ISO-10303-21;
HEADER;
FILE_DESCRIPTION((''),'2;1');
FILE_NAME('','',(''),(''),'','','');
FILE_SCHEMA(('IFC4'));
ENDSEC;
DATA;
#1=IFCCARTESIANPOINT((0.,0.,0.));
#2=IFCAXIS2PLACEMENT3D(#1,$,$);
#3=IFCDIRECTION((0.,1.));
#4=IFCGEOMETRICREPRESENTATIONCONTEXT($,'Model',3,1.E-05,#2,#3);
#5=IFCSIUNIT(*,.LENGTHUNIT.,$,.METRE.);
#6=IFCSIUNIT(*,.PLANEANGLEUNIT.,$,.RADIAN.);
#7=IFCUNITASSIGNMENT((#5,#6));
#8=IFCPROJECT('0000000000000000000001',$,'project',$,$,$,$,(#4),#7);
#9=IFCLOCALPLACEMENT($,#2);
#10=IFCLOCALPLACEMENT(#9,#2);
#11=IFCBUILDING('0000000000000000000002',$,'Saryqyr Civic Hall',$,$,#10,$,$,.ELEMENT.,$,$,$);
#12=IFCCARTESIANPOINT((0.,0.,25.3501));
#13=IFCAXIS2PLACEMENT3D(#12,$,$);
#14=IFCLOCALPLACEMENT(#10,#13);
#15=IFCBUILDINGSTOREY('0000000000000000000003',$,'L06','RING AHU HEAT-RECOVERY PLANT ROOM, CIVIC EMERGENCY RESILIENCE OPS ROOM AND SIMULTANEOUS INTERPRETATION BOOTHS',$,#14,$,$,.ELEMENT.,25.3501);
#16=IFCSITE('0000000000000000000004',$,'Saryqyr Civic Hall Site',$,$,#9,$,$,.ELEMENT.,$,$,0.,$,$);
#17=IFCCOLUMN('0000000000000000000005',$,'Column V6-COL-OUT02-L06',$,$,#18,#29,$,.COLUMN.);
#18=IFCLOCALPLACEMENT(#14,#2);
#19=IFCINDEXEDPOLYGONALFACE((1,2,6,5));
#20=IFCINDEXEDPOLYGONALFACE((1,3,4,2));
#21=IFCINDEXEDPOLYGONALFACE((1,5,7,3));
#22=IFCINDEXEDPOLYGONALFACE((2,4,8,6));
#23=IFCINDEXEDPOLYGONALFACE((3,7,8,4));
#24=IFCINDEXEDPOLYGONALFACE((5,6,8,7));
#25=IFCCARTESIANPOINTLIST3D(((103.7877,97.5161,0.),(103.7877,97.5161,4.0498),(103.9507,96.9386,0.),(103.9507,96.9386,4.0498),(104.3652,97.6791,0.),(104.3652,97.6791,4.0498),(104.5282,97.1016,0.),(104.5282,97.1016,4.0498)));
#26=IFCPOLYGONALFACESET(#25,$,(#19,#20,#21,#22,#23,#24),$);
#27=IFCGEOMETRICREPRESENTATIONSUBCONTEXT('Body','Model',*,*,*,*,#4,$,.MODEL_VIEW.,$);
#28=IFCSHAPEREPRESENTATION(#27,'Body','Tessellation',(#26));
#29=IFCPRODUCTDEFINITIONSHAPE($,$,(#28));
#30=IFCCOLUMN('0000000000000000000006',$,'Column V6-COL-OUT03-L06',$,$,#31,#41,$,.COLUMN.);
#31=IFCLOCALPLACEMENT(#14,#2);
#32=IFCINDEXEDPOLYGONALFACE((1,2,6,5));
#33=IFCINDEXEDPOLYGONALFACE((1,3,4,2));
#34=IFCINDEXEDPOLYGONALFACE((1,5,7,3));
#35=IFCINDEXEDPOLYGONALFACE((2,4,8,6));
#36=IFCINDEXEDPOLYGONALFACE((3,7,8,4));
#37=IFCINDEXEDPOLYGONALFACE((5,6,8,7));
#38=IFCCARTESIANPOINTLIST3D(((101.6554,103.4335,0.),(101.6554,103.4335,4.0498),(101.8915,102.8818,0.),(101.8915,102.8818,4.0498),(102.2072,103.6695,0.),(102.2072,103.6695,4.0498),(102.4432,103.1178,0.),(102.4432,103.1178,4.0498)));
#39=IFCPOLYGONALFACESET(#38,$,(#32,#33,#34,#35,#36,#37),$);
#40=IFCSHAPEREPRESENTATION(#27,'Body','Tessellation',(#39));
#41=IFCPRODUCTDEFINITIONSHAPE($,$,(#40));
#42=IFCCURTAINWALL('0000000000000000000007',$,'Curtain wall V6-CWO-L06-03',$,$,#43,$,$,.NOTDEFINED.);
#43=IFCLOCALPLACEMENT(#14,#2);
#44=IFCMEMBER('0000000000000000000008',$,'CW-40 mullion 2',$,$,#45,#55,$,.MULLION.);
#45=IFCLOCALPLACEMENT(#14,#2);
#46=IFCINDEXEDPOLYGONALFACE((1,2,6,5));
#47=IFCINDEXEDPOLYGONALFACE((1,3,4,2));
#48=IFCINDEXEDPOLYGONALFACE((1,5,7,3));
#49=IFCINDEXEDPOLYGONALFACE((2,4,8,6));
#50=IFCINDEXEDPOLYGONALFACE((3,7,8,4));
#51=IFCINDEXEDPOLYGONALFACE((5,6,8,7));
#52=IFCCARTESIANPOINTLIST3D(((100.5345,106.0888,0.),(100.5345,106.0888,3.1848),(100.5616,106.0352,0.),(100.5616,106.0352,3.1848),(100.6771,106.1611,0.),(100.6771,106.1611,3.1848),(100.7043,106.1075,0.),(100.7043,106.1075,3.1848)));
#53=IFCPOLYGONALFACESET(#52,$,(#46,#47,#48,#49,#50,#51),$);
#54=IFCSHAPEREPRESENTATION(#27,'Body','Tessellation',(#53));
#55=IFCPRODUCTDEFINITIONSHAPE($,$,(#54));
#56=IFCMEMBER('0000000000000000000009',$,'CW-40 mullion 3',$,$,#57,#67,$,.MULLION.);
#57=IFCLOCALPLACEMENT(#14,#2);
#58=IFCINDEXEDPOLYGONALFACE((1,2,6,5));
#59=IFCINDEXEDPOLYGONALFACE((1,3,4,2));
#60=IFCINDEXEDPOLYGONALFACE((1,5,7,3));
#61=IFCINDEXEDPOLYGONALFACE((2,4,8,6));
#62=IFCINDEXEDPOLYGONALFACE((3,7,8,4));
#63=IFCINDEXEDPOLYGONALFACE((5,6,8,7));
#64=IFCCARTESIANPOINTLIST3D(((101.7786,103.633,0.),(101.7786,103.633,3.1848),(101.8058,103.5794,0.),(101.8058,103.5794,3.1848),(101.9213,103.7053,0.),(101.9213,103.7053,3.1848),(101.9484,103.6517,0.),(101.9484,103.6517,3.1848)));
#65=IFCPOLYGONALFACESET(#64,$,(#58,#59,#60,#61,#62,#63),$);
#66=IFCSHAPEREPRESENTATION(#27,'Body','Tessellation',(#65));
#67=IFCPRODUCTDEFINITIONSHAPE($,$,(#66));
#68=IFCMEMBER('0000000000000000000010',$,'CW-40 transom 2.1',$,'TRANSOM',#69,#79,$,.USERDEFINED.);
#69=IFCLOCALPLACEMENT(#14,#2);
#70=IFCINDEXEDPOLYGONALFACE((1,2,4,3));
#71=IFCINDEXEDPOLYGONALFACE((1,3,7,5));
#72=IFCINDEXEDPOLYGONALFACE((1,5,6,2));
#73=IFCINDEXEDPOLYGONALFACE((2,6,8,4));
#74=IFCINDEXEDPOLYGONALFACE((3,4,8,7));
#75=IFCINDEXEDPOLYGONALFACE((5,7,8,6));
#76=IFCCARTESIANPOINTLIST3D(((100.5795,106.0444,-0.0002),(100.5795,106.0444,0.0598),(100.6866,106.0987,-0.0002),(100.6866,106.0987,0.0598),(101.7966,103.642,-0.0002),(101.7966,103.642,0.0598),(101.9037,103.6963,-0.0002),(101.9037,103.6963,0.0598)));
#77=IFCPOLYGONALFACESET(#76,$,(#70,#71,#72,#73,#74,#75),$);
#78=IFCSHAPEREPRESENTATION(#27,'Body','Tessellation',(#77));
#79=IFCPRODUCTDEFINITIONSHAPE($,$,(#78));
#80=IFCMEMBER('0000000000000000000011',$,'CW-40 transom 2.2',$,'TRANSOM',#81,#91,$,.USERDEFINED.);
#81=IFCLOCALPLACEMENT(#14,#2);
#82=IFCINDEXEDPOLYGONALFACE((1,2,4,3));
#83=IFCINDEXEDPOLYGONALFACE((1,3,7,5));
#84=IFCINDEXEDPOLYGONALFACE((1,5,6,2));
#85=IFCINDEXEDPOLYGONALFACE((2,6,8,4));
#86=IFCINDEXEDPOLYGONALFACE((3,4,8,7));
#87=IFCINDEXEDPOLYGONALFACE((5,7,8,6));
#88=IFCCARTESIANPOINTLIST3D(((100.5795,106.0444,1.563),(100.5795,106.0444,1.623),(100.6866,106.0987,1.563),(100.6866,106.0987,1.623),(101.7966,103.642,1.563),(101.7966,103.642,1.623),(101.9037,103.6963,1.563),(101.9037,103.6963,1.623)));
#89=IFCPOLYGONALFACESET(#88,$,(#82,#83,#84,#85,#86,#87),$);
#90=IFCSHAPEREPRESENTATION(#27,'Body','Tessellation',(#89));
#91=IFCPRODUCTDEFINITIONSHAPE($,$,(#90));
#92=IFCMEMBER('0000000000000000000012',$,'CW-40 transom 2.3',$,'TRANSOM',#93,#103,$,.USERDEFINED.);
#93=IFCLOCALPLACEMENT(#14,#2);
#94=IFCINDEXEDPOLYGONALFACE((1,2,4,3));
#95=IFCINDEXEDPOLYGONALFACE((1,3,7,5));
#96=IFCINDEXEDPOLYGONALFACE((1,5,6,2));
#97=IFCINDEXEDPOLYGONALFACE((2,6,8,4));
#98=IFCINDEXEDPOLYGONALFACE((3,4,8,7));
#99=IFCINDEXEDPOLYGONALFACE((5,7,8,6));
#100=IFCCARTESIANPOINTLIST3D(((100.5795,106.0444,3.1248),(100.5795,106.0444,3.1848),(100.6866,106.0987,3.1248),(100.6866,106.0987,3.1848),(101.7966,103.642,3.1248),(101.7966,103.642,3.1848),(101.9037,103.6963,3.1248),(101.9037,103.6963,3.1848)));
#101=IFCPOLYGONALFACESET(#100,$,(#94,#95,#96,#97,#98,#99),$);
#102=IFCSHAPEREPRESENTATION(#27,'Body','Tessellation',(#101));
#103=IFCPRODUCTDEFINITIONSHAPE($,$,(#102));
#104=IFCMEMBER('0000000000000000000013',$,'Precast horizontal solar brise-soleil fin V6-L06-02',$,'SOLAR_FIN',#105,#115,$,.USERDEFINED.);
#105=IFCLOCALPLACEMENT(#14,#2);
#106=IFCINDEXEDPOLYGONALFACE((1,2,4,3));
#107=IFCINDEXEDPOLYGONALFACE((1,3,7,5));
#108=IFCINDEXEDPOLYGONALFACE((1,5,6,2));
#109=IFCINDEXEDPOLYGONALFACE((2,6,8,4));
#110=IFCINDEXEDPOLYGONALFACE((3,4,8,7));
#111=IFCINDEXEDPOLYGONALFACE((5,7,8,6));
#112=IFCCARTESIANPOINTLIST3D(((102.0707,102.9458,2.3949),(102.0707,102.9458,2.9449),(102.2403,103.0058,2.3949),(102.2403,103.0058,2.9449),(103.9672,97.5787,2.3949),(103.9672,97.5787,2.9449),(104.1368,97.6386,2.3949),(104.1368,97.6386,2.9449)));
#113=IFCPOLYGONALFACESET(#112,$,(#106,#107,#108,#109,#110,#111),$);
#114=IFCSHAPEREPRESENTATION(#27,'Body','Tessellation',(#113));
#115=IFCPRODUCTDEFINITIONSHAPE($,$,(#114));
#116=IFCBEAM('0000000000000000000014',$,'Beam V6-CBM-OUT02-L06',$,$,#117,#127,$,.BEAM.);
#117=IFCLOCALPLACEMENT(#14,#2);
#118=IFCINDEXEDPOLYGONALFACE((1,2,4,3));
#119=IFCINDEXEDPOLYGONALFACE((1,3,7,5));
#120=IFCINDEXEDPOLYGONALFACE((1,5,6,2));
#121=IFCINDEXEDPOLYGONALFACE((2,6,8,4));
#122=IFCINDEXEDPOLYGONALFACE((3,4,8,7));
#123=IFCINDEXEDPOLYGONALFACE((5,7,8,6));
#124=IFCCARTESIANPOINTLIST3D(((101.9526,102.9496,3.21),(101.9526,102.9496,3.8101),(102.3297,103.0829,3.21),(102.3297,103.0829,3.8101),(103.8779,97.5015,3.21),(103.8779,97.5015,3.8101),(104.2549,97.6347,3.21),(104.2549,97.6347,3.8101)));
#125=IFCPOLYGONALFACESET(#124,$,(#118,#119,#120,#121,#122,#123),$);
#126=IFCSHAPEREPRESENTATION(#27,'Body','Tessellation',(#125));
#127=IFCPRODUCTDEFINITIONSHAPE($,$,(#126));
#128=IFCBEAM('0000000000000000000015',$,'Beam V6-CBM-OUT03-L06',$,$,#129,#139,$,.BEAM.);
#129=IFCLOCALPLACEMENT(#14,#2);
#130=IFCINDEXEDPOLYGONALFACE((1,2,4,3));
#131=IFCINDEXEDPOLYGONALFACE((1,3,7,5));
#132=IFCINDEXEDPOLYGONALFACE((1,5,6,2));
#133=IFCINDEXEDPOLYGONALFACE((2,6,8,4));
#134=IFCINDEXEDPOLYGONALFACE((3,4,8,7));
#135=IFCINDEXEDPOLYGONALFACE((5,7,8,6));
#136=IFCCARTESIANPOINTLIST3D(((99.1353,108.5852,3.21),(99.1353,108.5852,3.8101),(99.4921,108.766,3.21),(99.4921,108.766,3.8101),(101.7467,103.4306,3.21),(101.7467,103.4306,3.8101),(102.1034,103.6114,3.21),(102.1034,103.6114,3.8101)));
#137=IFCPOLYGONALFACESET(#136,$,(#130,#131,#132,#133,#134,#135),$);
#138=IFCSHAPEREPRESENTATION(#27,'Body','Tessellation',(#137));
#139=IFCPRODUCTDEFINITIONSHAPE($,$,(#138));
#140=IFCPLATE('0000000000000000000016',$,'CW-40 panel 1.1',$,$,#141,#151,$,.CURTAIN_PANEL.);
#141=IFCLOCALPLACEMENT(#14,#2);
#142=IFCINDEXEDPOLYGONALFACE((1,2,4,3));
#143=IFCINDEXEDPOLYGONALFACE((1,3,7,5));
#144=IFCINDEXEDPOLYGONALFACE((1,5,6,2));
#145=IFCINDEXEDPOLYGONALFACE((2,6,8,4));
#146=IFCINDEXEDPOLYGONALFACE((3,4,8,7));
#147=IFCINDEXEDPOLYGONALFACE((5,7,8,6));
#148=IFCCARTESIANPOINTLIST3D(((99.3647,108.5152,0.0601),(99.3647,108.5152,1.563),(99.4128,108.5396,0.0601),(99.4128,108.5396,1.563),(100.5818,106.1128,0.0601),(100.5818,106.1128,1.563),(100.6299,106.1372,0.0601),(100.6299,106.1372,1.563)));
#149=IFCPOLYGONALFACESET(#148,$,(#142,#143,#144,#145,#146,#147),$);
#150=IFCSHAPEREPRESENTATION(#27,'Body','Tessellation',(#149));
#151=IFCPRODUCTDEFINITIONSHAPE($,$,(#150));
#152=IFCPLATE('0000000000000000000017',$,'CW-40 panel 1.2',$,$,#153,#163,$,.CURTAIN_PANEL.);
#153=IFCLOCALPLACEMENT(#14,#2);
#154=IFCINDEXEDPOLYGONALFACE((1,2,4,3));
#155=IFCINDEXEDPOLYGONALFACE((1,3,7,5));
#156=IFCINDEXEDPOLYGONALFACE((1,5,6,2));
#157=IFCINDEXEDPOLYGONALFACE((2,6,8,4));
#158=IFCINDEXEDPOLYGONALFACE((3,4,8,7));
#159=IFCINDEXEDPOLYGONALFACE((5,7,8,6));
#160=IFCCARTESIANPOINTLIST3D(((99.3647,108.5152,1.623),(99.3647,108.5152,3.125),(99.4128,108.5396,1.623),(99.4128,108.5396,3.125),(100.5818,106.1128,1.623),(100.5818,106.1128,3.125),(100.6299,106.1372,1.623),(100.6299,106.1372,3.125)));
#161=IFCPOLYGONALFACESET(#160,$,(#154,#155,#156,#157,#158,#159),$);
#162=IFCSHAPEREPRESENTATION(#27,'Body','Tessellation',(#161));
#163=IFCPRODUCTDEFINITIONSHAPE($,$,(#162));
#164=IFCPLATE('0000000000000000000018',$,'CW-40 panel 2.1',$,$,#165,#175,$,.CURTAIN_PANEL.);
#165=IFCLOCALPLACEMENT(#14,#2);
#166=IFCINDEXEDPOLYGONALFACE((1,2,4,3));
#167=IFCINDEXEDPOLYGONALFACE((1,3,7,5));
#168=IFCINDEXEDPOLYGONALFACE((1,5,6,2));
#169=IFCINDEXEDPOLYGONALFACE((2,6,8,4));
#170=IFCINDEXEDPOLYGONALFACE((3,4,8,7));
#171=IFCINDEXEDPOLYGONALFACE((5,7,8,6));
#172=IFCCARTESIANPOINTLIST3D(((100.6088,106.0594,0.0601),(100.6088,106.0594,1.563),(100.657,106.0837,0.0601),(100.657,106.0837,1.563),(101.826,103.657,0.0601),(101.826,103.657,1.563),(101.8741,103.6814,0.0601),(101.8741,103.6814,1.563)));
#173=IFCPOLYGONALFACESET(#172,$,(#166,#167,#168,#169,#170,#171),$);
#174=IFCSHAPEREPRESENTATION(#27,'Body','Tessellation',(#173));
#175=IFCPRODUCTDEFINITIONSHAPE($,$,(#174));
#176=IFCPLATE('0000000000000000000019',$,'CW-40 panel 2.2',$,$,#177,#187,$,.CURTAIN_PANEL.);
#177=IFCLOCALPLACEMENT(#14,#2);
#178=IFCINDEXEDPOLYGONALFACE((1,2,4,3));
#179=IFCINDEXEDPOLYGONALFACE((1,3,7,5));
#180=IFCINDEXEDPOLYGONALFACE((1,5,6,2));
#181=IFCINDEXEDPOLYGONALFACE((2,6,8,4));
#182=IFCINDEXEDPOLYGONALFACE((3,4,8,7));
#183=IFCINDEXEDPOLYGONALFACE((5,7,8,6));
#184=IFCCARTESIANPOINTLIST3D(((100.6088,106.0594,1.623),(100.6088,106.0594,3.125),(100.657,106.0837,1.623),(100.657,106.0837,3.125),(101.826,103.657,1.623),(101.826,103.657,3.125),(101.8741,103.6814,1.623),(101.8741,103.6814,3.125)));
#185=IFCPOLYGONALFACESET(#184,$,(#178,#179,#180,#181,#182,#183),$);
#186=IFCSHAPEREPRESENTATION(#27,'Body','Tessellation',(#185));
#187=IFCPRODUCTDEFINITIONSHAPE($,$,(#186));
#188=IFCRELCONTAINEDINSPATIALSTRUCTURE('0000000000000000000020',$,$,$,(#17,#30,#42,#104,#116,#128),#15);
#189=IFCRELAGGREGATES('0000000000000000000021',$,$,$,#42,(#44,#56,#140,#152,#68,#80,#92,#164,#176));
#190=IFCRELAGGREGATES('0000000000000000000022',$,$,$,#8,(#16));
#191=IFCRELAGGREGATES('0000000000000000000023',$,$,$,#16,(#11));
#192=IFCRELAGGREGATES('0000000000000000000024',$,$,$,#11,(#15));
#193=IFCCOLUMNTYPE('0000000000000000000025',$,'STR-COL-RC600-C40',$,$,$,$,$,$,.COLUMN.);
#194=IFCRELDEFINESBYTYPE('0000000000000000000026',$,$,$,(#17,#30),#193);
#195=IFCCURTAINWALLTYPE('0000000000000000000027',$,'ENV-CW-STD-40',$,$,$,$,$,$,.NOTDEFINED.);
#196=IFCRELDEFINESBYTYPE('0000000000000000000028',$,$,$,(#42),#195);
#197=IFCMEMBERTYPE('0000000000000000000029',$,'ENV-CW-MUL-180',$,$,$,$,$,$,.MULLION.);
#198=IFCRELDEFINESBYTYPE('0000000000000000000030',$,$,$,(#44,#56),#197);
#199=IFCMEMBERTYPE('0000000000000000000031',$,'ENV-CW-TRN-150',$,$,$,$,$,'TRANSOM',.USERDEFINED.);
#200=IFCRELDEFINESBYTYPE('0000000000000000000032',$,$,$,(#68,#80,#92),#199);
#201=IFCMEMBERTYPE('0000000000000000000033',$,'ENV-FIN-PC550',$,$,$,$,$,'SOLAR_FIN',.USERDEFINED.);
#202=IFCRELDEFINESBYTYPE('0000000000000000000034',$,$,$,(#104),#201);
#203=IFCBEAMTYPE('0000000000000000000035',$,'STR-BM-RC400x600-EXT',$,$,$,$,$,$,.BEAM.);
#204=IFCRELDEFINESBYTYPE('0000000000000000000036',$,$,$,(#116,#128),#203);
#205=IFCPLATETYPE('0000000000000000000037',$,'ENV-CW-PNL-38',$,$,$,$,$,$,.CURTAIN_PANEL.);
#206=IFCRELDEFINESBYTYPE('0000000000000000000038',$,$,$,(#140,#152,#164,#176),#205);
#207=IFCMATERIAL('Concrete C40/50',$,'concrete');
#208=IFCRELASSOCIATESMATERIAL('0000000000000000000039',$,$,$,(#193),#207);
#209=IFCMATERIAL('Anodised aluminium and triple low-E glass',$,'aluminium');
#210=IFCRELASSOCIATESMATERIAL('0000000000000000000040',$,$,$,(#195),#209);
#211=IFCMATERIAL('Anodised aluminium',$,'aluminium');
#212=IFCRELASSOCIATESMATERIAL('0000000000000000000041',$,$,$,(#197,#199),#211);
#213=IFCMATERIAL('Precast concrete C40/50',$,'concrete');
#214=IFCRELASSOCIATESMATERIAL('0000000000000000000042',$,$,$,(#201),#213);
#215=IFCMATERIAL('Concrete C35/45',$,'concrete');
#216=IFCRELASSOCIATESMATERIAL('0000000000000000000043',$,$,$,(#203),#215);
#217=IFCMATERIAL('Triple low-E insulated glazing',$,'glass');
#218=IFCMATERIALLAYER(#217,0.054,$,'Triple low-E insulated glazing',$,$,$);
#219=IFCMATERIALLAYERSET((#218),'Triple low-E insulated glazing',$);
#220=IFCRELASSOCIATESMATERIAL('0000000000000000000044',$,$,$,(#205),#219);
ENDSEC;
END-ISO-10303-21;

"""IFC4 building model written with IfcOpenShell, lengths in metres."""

from ifc_helpers import new_model, si_unit, direction, frame, origin, origin_2d, place, context, subcontext, project, spatial, rectangle, extrude, material, layer, layer_set, material_profile, profile_set, type_object, element, aggregate, save


model = new_model("IFC4")

# Units and contexts
model_context = context("Model", 3, precision=1e-05, world=origin(), true_north=direction((0.0, 1.0)))
body_context = subcontext(model_context, "Body", "Model", "MODEL_VIEW")
ifc_project = project(units=[si_unit("LENGTHUNIT", "METRE"), si_unit("PLANEANGLEUNIT", "RADIAN")], contexts=[model_context])

# Site, building, storey
site_placement = place(None, origin())
site = spatial("IfcSite", under=ifc_project, at=site_placement, Name="Saryqyr Civic Hall Site", CompositionType="ELEMENT", RefElevation=0.0)
building_placement = place(site_placement, origin())
building = spatial("IfcBuilding", under=site, at=building_placement, Name="Saryqyr Civic Hall", CompositionType="ELEMENT")
storey_placement = place(building_placement, frame((0.0, 0.0, 25.3501)))
storey = spatial("IfcBuildingStorey", under=building, at=storey_placement, Name="L06", Description="RING AHU HEAT-RECOVERY PLANT ROOM, CIVIC EMERGENCY RESILIENCE OPS ROOM AND SIMULTANEOUS INTERPRETATION BOOTHS", CompositionType="ELEMENT", Elevation=25.3501)

# Columns
ifc_material_1 = material(Name="Concrete C40/50", Category="concrete")
ifc_material_profile_1 = material_profile(ifc_material_1, rectangle(XDim=0.6001, YDim=0.6001, at=origin_2d()), Name="RC 600x600")
ifc_profile_set_1 = profile_set([ifc_material_profile_1], Name="Concrete C40/50")
column_type = type_object("IfcColumnType", Name="STR-COL-RC600-C40", PredefinedType="COLUMN", material=ifc_profile_set_1)
for number, where, z_axis, x_axis, name in (
    (1, (104.158, 97.3088, 0.0), (0.0, 0.0, 1.0), (0.962408, 0.271608, 0.0), "Column V6-COL-OUT02-L06"),
    (2, (102.0493, 103.2756, 0.0), (0.0, 0.0, 1.0), (0.91941, 0.3933, 0.0), "Column V6-COL-OUT03-L06"),
):
    element("IfcColumn", number, at=place(storey_placement, frame(where, z_axis=z_axis, x_axis=x_axis)), inside=storey, type_object=column_type, Name=name, PredefinedType="COLUMN", context=body_context, shape_type="SweptSolid", body=[
        extrude(rectangle(XDim=0.6001, YDim=0.6001, at=origin_2d()), origin(), (0.0, 0.0, 1.0), 4.0498),
    ])

# Curtain wall, members
ifc_material_2 = material(Name="Anodised aluminium and triple low-E glass", Category="aluminium")
curtain_wall_type = type_object("IfcCurtainWallType", Name="ENV-CW-STD-40", PredefinedType="NOTDEFINED", material=ifc_material_2)
curtain_wall_placement = place(storey_placement, origin())
curtain_wall = element("IfcCurtainWall", 3, at=curtain_wall_placement, inside=storey, type_object=curtain_wall_type, Name="Curtain wall V6-CWO-L06-03", PredefinedType="NOTDEFINED")
ifc_material_3 = material(Name="Anodised aluminium", Category="aluminium")
ifc_material_profile_2 = material_profile(ifc_material_3, rectangle(XDim=0.0601, YDim=0.1599, at=origin_2d()), Name="ALU MULLION 60x160")
ifc_profile_set_2 = profile_set([ifc_material_profile_2], Name="Anodised aluminium")
member_type_1 = type_object("IfcMemberType", Name="ENV-CW-MUL-180", PredefinedType="MULLION", material=ifc_profile_set_2)
member_1_placement = place(storey_placement, frame((100.6194, 106.0981, 0.0), z_axis=(0.0, 0.0, 1.0), x_axis=(0.451943, -0.892047, 0.0)))
member_1 = element("IfcMember", 4, at=member_1_placement, type_object=member_type_1, Name="CW-40 mullion 2", PredefinedType="MULLION", context=body_context, shape_type="SweptSolid", body=[
    extrude(rectangle(XDim=0.0601, YDim=0.1599, at=origin_2d()), origin(), (0.0, 0.0, 1.0), 3.1848),
])
member_2_placement = place(storey_placement, frame((101.8635, 103.6423, 0.0), z_axis=(0.0, 0.0, 1.0), x_axis=(0.451943, -0.892047, 0.0)))
member_2 = element("IfcMember", 5, at=member_2_placement, type_object=member_type_1, Name="CW-40 mullion 3", PredefinedType="MULLION", context=body_context, shape_type="SweptSolid", body=[
    extrude(rectangle(XDim=0.0601, YDim=0.1599, at=origin_2d()), origin(), (0.0, 0.0, 1.0), 3.1848),
])
ifc_material_profile_3 = material_profile(ifc_material_3, rectangle(XDim=0.1201, YDim=0.0601, at=origin_2d()), Name="ALU TRANSOM 120x60")
ifc_profile_set_3 = profile_set([ifc_material_profile_3], Name="Anodised aluminium")
member_type_2 = type_object("IfcMemberType", Name="ENV-CW-TRN-150", ElementType="TRANSOM", PredefinedType="USERDEFINED", material=ifc_profile_set_3)
member_3_placement = place(storey_placement, frame((100.6331, 106.0715, 0.0298), z_axis=(0.451922, -0.892058, 0.0), x_axis=(0.892058, 0.451922, 0.0)))
member_3 = element("IfcMember", 6, at=member_3_placement, type_object=member_type_2, Name="CW-40 transom 2.1", ObjectType="TRANSOM", PredefinedType="USERDEFINED", context=body_context, shape_type="SweptSolid", body=[
    extrude(rectangle(XDim=0.1201, YDim=0.0601, at=origin_2d()), origin(), (0.0, 0.0, 1.0), 2.6931),
])
member_4_placement = place(storey_placement, frame((100.6331, 106.0715, 1.593), z_axis=(0.451922, -0.892058, 0.0), x_axis=(0.892058, 0.451922, 0.0)))
member_4 = element("IfcMember", 7, at=member_4_placement, type_object=member_type_2, Name="CW-40 transom 2.2", ObjectType="TRANSOM", PredefinedType="USERDEFINED", context=body_context, shape_type="SweptSolid", body=[
    extrude(rectangle(XDim=0.1201, YDim=0.0601, at=origin_2d()), origin(), (0.0, 0.0, 1.0), 2.6931),
])
member_5_placement = place(storey_placement, frame((100.6331, 106.0715, 3.1548), z_axis=(0.451922, -0.892058, 0.0), x_axis=(0.892058, 0.451922, 0.0)))
member_5 = element("IfcMember", 8, at=member_5_placement, type_object=member_type_2, Name="CW-40 transom 2.3", ObjectType="TRANSOM", PredefinedType="USERDEFINED", context=body_context, shape_type="SweptSolid", body=[
    extrude(rectangle(XDim=0.1201, YDim=0.0601, at=origin_2d()), origin(), (0.0, 0.0, 1.0), 2.6931),
])

# Member
ifc_material_4 = material(Name="Precast concrete C40/50", Category="concrete")
ifc_material_profile_4 = material_profile(ifc_material_4, rectangle(XDim=0.1799, YDim=0.55, at=origin_2d()), Name="PC FIN 180x550")
ifc_profile_set_4 = profile_set([ifc_material_profile_4], Name="Precast concrete C40/50")
member_type_3 = type_object("IfcMemberType", Name="ENV-FIN-PC550", ElementType="SOLAR_FIN", PredefinedType="USERDEFINED", material=ifc_profile_set_4)
member_6_placement = place(storey_placement, frame((104.052, 97.6086, 2.6699), z_axis=(-0.333161, 0.94287, 0.0), x_axis=(-0.94287, -0.333161, 0.0)))
element("IfcMember", 9, at=member_6_placement, inside=storey, type_object=member_type_3, Name="Precast horizontal solar brise-soleil fin V6-L06-02", ObjectType="SOLAR_FIN", PredefinedType="USERDEFINED", context=body_context, shape_type="SweptSolid", body=[
    extrude(rectangle(XDim=0.1799, YDim=0.55, at=origin_2d()), origin(), (0.0, 0.0, 1.0), 5.6924),
])

# Beams
ifc_material_5 = material(Name="Concrete C35/45", Category="concrete")
ifc_material_profile_5 = material_profile(ifc_material_5, rectangle(XDim=0.3999, YDim=0.6001, at=origin_2d()), Name="RC 400x600")
ifc_profile_set_5 = profile_set([ifc_material_profile_5], Name="Concrete C35/45")
beam_type = type_object("IfcBeamType", Name="STR-BM-RC400x600-EXT", PredefinedType="BEAM", material=ifc_profile_set_5)
for number, where, z_axis, x_axis, name in (
    (10, (104.0664, 97.5681, 3.51), (-0.333187, 0.942861, 0.0), (-0.942861, -0.333187, 0.0), "Beam V6-CBM-OUT02-L06"),
    (11, (101.925, 103.521, 3.51), (-0.451923, 0.892057, 0.0), (-0.892057, -0.451923, 0.0), "Beam V6-CBM-OUT03-L06"),
):
    element("IfcBeam", number, at=place(storey_placement, frame(where, z_axis=z_axis, x_axis=x_axis)), inside=storey, type_object=beam_type, Name=name, PredefinedType="BEAM", context=body_context, shape_type="SweptSolid", body=[
        extrude(rectangle(XDim=0.3999, YDim=0.6001, at=origin_2d()), origin(), (0.0, 0.0, 1.0), 5.7783),
    ])

# Plates
ifc_material_6 = material(Name="Triple low-E insulated glazing", Category="glass")
ifc_layer_1 = layer(ifc_material_6, 0.054, Name="Triple low-E insulated glazing")
ifc_layer_set_1 = layer_set([ifc_layer_1], Name="Triple low-E insulated glazing")
plate_type = type_object("IfcPlateType", Name="ENV-CW-PNL-38", PredefinedType="CURTAIN_PANEL", material=ifc_layer_set_1)
plate_1_placement = place(storey_placement, frame((99.9973, 107.3262, 0.0601), z_axis=(0.0, 0.0, 1.0), x_axis=(0.451943, -0.892047, 0.0)))
plate_1 = element("IfcPlate", 12, at=plate_1_placement, type_object=plate_type, Name="CW-40 panel 1.1", PredefinedType="CURTAIN_PANEL", context=body_context, shape_type="SweptSolid", body=[
    extrude(rectangle(XDim=2.6931, YDim=0.054, at=origin_2d()), origin(), (0.0, 0.0, 1.0), 1.5029),
])
plate_2_placement = place(storey_placement, frame((99.9973, 107.3262, 1.623), z_axis=(0.0, 0.0, 1.0), x_axis=(0.451943, -0.892047, 0.0)))
plate_2 = element("IfcPlate", 13, at=plate_2_placement, type_object=plate_type, Name="CW-40 panel 1.2", PredefinedType="CURTAIN_PANEL", context=body_context, shape_type="SweptSolid", body=[
    extrude(rectangle(XDim=2.6931, YDim=0.054, at=origin_2d()), origin(), (0.0, 0.0, 1.0), 1.502),
])
plate_3_placement = place(storey_placement, frame((101.2415, 104.8704, 0.0601), z_axis=(0.0, 0.0, 1.0), x_axis=(0.451943, -0.892047, 0.0)))
plate_3 = element("IfcPlate", 14, at=plate_3_placement, type_object=plate_type, Name="CW-40 panel 2.1", PredefinedType="CURTAIN_PANEL", context=body_context, shape_type="SweptSolid", body=[
    extrude(rectangle(XDim=2.6931, YDim=0.054, at=origin_2d()), origin(), (0.0, 0.0, 1.0), 1.5029),
])
plate_4_placement = place(storey_placement, frame((101.2415, 104.8704, 1.623), z_axis=(0.0, 0.0, 1.0), x_axis=(0.451943, -0.892047, 0.0)))
plate_4 = element("IfcPlate", 15, at=plate_4_placement, type_object=plate_type, Name="CW-40 panel 2.2", PredefinedType="CURTAIN_PANEL", context=body_context, shape_type="SweptSolid", body=[
    extrude(rectangle(XDim=2.6931, YDim=0.054, at=origin_2d()), origin(), (0.0, 0.0, 1.0), 1.502),
])
aggregate(curtain_wall, [member_1, member_2, plate_1, plate_2, member_3, member_4, member_5, plate_3, plate_4])

save(model, "model.ifc")
